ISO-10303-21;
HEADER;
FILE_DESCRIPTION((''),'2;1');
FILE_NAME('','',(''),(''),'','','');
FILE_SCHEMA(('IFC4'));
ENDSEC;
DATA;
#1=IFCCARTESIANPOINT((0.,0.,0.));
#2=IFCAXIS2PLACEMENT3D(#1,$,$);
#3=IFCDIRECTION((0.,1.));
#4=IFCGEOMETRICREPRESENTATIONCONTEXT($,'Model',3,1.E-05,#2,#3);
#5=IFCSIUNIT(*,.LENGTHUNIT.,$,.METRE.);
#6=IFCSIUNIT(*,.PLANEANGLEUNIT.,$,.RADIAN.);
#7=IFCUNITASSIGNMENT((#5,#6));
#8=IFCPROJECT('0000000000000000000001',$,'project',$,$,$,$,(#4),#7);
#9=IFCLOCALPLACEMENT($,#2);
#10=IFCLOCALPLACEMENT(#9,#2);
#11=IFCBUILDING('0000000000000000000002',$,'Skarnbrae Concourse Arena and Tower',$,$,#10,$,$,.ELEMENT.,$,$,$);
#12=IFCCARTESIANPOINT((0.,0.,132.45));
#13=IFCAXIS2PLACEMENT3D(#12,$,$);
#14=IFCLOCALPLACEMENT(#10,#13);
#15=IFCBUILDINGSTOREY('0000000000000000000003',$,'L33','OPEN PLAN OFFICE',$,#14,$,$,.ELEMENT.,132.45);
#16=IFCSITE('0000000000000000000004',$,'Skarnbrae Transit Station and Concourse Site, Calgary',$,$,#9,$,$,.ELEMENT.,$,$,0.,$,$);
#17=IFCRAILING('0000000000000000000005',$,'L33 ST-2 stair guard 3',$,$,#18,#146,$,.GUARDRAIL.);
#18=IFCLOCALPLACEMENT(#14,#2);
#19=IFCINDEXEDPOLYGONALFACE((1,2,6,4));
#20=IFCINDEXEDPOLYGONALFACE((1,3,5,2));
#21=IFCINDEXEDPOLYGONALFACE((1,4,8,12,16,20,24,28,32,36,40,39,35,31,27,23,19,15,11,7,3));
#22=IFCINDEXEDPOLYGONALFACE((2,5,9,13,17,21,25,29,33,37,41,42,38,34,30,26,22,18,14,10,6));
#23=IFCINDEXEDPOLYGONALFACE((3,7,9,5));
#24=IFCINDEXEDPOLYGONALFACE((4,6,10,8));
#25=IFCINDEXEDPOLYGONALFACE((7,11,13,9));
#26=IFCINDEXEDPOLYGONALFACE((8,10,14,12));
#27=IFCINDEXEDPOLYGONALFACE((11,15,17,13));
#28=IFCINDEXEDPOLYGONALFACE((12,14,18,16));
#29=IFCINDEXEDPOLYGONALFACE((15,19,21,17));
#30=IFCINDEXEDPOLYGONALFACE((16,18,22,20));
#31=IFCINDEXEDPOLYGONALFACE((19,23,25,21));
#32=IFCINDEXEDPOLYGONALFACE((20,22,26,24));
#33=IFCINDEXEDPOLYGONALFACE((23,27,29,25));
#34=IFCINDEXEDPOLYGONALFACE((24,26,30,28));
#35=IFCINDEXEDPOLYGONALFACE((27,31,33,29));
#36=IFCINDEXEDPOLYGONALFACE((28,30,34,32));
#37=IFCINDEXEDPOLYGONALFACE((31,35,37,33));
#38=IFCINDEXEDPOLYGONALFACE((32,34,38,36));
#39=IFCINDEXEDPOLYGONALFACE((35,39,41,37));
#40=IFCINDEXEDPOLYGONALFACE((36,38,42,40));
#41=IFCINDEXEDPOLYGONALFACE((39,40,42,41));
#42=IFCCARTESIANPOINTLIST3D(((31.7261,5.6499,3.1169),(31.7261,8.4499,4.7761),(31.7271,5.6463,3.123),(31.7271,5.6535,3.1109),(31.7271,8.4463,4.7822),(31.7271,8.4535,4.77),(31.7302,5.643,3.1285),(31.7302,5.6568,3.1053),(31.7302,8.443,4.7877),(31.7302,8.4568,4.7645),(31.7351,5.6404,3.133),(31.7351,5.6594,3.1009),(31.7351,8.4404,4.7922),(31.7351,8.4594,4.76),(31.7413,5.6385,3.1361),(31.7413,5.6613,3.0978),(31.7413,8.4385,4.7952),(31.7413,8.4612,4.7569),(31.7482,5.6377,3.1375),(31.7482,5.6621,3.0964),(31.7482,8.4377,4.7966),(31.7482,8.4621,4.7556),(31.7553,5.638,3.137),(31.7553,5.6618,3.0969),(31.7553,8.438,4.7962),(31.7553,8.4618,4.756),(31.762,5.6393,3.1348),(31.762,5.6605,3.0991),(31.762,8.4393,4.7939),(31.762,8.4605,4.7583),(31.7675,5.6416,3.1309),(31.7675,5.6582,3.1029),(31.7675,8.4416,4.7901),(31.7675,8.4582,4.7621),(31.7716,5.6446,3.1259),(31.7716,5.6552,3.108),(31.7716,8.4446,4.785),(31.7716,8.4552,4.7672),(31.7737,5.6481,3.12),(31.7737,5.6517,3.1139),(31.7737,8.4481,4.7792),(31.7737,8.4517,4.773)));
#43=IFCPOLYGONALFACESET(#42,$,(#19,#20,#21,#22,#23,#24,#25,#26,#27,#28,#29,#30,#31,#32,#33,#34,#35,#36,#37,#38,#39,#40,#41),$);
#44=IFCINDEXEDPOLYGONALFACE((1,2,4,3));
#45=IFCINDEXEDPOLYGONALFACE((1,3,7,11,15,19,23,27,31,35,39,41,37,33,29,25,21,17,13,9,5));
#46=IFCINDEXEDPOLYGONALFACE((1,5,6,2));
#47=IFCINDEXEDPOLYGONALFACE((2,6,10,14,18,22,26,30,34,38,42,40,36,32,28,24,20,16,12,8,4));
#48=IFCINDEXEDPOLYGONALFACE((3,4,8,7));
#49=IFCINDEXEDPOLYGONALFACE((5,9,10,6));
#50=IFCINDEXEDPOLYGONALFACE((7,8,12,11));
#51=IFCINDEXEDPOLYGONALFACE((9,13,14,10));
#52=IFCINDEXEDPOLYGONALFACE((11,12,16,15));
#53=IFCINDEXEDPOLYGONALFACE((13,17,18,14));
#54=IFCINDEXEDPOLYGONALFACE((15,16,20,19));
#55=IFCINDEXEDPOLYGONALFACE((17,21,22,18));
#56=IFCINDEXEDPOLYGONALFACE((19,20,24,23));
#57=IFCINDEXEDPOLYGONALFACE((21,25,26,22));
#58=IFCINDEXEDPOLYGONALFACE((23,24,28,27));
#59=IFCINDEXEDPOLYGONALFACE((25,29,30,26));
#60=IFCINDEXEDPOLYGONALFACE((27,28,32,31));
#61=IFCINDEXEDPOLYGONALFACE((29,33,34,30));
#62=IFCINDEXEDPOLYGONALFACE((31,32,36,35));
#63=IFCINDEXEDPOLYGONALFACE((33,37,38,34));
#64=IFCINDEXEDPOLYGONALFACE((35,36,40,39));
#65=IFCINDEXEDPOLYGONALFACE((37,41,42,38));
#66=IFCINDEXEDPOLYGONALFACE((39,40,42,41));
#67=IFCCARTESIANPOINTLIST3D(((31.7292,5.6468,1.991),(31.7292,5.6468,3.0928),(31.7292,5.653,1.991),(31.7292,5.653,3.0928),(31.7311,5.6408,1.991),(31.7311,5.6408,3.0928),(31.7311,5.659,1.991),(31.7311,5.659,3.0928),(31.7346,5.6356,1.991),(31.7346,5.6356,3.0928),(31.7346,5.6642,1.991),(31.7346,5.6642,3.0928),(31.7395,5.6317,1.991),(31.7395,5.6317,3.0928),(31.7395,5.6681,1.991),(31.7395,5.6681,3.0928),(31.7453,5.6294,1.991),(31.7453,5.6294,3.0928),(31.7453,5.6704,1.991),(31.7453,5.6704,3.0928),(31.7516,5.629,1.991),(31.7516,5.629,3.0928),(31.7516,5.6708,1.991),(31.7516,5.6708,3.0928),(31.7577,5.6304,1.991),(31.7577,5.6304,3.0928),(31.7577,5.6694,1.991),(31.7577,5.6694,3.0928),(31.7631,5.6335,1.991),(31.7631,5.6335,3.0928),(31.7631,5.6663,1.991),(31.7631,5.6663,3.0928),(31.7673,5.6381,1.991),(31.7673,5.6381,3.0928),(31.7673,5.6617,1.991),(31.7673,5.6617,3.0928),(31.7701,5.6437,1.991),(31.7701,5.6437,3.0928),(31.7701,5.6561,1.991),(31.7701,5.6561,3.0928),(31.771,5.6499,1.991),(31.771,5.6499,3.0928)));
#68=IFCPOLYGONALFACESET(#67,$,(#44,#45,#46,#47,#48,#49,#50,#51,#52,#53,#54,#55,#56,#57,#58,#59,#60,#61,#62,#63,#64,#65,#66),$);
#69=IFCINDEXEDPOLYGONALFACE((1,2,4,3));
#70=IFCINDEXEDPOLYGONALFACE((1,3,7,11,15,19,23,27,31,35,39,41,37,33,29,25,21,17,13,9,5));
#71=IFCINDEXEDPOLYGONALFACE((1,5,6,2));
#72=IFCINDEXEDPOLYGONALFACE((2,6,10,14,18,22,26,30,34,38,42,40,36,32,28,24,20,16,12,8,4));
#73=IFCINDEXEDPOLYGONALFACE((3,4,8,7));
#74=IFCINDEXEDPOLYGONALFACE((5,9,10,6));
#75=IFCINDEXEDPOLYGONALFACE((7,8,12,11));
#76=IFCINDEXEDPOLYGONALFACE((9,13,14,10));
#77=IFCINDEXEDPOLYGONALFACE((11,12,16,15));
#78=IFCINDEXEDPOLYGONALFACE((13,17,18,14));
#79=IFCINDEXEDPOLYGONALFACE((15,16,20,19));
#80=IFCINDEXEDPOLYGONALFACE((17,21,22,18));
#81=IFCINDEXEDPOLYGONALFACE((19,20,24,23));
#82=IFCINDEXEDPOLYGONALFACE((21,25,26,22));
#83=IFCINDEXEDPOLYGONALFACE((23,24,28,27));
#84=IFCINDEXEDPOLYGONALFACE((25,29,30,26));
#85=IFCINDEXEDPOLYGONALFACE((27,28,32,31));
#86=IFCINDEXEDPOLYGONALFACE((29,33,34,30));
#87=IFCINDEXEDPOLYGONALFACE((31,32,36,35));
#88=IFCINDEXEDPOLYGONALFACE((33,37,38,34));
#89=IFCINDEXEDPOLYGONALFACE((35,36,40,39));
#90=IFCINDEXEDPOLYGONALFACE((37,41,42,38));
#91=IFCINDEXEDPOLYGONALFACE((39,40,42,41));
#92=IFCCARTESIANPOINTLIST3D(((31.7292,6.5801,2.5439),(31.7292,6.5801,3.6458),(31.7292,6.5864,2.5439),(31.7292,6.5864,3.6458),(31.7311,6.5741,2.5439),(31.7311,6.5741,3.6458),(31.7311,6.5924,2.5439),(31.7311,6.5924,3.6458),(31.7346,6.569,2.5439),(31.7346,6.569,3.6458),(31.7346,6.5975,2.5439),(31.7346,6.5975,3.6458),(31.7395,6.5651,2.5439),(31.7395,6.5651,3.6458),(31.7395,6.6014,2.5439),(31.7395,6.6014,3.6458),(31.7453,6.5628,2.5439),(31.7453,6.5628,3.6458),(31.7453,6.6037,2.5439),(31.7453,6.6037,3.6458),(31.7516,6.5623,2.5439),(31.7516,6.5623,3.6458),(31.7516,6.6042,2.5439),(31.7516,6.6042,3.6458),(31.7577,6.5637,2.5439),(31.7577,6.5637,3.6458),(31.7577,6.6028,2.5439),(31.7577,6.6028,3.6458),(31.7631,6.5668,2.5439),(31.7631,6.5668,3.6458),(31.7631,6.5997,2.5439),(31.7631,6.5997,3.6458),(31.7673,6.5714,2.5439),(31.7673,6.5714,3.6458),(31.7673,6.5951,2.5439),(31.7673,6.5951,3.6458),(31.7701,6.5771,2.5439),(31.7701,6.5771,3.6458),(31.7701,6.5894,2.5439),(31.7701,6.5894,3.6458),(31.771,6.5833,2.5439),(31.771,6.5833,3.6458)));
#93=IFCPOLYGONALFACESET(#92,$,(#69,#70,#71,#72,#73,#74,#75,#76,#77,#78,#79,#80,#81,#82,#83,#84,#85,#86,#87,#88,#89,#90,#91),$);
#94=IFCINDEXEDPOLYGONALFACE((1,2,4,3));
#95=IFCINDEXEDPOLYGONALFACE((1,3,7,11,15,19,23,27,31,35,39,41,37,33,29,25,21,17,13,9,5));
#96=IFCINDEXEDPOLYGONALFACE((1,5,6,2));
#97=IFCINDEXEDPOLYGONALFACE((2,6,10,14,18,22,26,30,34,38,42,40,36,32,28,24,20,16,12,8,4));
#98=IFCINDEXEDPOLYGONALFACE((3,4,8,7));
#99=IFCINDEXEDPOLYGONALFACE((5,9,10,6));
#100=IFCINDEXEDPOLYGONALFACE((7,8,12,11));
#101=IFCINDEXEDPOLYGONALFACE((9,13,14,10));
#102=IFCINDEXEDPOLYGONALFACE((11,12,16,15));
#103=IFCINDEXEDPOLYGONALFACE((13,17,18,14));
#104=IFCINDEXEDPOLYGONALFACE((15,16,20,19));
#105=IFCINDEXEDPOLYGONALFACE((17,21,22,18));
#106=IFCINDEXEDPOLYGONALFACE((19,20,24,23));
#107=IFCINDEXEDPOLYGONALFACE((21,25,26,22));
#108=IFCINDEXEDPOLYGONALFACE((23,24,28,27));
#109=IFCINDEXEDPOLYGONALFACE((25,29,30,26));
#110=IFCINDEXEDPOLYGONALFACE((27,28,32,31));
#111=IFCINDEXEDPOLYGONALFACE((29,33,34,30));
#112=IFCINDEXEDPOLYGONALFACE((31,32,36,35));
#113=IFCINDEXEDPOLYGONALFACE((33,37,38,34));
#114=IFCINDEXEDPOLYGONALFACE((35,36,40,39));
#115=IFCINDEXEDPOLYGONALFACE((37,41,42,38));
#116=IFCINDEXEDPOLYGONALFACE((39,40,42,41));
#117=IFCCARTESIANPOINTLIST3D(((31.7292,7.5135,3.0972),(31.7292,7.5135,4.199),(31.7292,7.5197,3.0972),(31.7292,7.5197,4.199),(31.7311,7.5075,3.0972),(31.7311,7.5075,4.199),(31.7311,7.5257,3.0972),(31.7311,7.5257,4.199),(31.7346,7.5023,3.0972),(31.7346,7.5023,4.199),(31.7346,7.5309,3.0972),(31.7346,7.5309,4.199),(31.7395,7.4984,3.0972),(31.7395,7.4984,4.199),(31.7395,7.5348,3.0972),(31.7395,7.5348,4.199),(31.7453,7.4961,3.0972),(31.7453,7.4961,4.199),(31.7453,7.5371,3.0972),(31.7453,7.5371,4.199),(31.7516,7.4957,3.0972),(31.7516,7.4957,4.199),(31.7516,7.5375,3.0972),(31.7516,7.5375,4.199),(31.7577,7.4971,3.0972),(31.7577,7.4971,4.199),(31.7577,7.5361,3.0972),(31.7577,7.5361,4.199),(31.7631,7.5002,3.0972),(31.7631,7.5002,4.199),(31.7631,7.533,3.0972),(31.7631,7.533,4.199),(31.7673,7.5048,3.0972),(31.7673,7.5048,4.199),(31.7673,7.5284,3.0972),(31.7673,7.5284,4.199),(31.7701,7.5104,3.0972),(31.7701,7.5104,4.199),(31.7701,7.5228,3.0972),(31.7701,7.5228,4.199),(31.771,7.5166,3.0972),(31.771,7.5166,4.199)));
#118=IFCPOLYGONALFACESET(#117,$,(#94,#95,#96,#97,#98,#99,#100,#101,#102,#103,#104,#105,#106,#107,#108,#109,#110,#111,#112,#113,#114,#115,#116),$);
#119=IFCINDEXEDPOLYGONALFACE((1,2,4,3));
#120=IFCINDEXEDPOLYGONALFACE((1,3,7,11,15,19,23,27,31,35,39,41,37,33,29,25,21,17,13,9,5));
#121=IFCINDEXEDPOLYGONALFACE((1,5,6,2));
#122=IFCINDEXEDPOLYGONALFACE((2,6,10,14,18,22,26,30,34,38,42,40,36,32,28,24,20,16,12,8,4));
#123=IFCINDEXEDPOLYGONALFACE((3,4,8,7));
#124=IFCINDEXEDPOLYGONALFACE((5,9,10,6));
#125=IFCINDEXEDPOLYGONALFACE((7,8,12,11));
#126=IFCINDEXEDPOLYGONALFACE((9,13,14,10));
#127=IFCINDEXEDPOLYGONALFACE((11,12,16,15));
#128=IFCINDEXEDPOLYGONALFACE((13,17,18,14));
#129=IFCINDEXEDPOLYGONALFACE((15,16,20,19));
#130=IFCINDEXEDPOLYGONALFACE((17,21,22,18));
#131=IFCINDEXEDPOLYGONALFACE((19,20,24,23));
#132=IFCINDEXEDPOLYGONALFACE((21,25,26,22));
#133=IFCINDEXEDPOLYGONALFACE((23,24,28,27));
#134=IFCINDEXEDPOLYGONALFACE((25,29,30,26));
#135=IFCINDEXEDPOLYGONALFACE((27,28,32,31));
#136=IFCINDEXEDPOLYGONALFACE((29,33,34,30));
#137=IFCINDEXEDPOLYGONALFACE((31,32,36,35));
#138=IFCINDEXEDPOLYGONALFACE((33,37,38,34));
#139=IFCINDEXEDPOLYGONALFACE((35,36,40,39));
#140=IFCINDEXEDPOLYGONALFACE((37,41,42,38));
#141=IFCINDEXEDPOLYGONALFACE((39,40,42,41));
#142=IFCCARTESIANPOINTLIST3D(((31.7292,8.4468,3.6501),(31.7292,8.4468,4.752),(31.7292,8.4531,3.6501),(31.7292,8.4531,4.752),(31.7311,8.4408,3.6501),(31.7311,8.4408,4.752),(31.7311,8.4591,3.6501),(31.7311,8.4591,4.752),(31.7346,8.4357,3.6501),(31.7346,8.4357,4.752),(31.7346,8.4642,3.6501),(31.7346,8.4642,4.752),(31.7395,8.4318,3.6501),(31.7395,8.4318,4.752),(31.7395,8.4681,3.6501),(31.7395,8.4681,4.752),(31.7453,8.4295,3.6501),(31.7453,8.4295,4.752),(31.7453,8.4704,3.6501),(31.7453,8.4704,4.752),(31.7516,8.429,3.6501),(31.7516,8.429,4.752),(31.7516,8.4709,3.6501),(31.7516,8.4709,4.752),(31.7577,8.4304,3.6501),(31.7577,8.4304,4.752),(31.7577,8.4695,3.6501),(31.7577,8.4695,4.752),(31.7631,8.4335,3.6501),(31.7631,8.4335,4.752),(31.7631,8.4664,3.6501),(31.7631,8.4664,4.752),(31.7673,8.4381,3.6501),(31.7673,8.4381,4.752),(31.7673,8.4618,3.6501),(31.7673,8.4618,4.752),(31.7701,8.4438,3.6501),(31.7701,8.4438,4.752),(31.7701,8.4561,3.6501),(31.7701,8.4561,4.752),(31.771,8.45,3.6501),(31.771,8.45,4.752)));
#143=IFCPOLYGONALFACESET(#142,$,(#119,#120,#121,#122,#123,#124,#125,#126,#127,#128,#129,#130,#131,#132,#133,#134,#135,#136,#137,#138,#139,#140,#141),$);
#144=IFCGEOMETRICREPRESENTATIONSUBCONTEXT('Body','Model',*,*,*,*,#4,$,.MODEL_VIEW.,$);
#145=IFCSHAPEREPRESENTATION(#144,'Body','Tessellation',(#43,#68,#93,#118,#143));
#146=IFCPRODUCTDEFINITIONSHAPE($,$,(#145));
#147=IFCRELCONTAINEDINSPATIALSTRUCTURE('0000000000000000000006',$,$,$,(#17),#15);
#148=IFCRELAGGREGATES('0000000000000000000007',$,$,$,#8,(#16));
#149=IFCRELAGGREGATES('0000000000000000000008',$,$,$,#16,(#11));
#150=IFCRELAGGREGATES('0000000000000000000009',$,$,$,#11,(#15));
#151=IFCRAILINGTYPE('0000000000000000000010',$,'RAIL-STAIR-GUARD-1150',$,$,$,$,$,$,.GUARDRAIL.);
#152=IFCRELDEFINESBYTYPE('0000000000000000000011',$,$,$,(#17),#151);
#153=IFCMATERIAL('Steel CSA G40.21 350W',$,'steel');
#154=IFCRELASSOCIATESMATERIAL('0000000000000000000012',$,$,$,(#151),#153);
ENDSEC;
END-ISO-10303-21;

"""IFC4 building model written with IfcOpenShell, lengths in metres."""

from ifc_helpers import new_model, si_unit, direction, frame, origin, origin_2d, place, context, subcontext, project, spatial, circle, extrude, material, type_object, element, save


model = new_model("IFC4")

# Units and contexts
model_context = context("Model", 3, precision=1e-05, world=origin(), true_north=direction((0.0, 1.0)))
body_context = subcontext(model_context, "Body", "Model", "MODEL_VIEW")
ifc_project = project(units=[si_unit("LENGTHUNIT", "METRE"), si_unit("PLANEANGLEUNIT", "RADIAN")], contexts=[model_context])

# Site, building, storey
site_placement = place(None, origin())
site = spatial("IfcSite", under=ifc_project, at=site_placement, Name="Skarnbrae Transit Station and Concourse Site, Calgary", CompositionType="ELEMENT", RefElevation=0.0)
building_placement = place(site_placement, origin())
building = spatial("IfcBuilding", under=site, at=building_placement, Name="Skarnbrae Concourse Arena and Tower", CompositionType="ELEMENT")
storey_placement = place(building_placement, frame((0.0, 0.0, 132.45)))
storey = spatial("IfcBuildingStorey", under=building, at=storey_placement, Name="L33", Description="OPEN PLAN OFFICE", CompositionType="ELEMENT", Elevation=132.45)

# Shared definitions
ifc_material_1 = material(Name="Steel CSA G40.21 350W", Category="steel")

# Railing
railing_type_1 = type_object("IfcRailingType", Name="RAIL-STAIR-GUARD-1150", PredefinedType="GUARDRAIL", material=ifc_material_1)
railing_1_placement = place(storey_placement, frame((31.75, 5.6499, 1.991)))
element("IfcRailing", 1, at=railing_1_placement, inside=storey, type_object=railing_type_1, Name="L33 ST-2 stair guard 3", PredefinedType="GUARDRAIL", context=body_context, shape_type="SweptSolid", body=[
    extrude(circle(Radius=0.0239, at=origin_2d()), frame((0.0, 0.0, 1.126), z_axis=(0.0, 0.860306, 0.509778), x_axis=(-1.0, 0.0, 0.0)), (0.0, 0.0, 1.0), 3.2546),
    extrude(circle(Radius=0.021, at=origin_2d()), origin(), (0.0, 0.0, 1.0), 1.1018),
    extrude(circle(Radius=0.021, at=origin_2d()), frame((0.0, 0.9333, 0.553)), (0.0, 0.0, 1.0), 1.1018),
    extrude(circle(Radius=0.021, at=origin_2d()), frame((0.0, 1.8667, 1.1062)), (0.0, 0.0, 1.0), 1.1018),
    extrude(circle(Radius=0.021, at=origin_2d()), frame((0.0, 2.8, 1.6592)), (0.0, 0.0, 1.0), 1.1018),
])

save(model, "model.ifc")
